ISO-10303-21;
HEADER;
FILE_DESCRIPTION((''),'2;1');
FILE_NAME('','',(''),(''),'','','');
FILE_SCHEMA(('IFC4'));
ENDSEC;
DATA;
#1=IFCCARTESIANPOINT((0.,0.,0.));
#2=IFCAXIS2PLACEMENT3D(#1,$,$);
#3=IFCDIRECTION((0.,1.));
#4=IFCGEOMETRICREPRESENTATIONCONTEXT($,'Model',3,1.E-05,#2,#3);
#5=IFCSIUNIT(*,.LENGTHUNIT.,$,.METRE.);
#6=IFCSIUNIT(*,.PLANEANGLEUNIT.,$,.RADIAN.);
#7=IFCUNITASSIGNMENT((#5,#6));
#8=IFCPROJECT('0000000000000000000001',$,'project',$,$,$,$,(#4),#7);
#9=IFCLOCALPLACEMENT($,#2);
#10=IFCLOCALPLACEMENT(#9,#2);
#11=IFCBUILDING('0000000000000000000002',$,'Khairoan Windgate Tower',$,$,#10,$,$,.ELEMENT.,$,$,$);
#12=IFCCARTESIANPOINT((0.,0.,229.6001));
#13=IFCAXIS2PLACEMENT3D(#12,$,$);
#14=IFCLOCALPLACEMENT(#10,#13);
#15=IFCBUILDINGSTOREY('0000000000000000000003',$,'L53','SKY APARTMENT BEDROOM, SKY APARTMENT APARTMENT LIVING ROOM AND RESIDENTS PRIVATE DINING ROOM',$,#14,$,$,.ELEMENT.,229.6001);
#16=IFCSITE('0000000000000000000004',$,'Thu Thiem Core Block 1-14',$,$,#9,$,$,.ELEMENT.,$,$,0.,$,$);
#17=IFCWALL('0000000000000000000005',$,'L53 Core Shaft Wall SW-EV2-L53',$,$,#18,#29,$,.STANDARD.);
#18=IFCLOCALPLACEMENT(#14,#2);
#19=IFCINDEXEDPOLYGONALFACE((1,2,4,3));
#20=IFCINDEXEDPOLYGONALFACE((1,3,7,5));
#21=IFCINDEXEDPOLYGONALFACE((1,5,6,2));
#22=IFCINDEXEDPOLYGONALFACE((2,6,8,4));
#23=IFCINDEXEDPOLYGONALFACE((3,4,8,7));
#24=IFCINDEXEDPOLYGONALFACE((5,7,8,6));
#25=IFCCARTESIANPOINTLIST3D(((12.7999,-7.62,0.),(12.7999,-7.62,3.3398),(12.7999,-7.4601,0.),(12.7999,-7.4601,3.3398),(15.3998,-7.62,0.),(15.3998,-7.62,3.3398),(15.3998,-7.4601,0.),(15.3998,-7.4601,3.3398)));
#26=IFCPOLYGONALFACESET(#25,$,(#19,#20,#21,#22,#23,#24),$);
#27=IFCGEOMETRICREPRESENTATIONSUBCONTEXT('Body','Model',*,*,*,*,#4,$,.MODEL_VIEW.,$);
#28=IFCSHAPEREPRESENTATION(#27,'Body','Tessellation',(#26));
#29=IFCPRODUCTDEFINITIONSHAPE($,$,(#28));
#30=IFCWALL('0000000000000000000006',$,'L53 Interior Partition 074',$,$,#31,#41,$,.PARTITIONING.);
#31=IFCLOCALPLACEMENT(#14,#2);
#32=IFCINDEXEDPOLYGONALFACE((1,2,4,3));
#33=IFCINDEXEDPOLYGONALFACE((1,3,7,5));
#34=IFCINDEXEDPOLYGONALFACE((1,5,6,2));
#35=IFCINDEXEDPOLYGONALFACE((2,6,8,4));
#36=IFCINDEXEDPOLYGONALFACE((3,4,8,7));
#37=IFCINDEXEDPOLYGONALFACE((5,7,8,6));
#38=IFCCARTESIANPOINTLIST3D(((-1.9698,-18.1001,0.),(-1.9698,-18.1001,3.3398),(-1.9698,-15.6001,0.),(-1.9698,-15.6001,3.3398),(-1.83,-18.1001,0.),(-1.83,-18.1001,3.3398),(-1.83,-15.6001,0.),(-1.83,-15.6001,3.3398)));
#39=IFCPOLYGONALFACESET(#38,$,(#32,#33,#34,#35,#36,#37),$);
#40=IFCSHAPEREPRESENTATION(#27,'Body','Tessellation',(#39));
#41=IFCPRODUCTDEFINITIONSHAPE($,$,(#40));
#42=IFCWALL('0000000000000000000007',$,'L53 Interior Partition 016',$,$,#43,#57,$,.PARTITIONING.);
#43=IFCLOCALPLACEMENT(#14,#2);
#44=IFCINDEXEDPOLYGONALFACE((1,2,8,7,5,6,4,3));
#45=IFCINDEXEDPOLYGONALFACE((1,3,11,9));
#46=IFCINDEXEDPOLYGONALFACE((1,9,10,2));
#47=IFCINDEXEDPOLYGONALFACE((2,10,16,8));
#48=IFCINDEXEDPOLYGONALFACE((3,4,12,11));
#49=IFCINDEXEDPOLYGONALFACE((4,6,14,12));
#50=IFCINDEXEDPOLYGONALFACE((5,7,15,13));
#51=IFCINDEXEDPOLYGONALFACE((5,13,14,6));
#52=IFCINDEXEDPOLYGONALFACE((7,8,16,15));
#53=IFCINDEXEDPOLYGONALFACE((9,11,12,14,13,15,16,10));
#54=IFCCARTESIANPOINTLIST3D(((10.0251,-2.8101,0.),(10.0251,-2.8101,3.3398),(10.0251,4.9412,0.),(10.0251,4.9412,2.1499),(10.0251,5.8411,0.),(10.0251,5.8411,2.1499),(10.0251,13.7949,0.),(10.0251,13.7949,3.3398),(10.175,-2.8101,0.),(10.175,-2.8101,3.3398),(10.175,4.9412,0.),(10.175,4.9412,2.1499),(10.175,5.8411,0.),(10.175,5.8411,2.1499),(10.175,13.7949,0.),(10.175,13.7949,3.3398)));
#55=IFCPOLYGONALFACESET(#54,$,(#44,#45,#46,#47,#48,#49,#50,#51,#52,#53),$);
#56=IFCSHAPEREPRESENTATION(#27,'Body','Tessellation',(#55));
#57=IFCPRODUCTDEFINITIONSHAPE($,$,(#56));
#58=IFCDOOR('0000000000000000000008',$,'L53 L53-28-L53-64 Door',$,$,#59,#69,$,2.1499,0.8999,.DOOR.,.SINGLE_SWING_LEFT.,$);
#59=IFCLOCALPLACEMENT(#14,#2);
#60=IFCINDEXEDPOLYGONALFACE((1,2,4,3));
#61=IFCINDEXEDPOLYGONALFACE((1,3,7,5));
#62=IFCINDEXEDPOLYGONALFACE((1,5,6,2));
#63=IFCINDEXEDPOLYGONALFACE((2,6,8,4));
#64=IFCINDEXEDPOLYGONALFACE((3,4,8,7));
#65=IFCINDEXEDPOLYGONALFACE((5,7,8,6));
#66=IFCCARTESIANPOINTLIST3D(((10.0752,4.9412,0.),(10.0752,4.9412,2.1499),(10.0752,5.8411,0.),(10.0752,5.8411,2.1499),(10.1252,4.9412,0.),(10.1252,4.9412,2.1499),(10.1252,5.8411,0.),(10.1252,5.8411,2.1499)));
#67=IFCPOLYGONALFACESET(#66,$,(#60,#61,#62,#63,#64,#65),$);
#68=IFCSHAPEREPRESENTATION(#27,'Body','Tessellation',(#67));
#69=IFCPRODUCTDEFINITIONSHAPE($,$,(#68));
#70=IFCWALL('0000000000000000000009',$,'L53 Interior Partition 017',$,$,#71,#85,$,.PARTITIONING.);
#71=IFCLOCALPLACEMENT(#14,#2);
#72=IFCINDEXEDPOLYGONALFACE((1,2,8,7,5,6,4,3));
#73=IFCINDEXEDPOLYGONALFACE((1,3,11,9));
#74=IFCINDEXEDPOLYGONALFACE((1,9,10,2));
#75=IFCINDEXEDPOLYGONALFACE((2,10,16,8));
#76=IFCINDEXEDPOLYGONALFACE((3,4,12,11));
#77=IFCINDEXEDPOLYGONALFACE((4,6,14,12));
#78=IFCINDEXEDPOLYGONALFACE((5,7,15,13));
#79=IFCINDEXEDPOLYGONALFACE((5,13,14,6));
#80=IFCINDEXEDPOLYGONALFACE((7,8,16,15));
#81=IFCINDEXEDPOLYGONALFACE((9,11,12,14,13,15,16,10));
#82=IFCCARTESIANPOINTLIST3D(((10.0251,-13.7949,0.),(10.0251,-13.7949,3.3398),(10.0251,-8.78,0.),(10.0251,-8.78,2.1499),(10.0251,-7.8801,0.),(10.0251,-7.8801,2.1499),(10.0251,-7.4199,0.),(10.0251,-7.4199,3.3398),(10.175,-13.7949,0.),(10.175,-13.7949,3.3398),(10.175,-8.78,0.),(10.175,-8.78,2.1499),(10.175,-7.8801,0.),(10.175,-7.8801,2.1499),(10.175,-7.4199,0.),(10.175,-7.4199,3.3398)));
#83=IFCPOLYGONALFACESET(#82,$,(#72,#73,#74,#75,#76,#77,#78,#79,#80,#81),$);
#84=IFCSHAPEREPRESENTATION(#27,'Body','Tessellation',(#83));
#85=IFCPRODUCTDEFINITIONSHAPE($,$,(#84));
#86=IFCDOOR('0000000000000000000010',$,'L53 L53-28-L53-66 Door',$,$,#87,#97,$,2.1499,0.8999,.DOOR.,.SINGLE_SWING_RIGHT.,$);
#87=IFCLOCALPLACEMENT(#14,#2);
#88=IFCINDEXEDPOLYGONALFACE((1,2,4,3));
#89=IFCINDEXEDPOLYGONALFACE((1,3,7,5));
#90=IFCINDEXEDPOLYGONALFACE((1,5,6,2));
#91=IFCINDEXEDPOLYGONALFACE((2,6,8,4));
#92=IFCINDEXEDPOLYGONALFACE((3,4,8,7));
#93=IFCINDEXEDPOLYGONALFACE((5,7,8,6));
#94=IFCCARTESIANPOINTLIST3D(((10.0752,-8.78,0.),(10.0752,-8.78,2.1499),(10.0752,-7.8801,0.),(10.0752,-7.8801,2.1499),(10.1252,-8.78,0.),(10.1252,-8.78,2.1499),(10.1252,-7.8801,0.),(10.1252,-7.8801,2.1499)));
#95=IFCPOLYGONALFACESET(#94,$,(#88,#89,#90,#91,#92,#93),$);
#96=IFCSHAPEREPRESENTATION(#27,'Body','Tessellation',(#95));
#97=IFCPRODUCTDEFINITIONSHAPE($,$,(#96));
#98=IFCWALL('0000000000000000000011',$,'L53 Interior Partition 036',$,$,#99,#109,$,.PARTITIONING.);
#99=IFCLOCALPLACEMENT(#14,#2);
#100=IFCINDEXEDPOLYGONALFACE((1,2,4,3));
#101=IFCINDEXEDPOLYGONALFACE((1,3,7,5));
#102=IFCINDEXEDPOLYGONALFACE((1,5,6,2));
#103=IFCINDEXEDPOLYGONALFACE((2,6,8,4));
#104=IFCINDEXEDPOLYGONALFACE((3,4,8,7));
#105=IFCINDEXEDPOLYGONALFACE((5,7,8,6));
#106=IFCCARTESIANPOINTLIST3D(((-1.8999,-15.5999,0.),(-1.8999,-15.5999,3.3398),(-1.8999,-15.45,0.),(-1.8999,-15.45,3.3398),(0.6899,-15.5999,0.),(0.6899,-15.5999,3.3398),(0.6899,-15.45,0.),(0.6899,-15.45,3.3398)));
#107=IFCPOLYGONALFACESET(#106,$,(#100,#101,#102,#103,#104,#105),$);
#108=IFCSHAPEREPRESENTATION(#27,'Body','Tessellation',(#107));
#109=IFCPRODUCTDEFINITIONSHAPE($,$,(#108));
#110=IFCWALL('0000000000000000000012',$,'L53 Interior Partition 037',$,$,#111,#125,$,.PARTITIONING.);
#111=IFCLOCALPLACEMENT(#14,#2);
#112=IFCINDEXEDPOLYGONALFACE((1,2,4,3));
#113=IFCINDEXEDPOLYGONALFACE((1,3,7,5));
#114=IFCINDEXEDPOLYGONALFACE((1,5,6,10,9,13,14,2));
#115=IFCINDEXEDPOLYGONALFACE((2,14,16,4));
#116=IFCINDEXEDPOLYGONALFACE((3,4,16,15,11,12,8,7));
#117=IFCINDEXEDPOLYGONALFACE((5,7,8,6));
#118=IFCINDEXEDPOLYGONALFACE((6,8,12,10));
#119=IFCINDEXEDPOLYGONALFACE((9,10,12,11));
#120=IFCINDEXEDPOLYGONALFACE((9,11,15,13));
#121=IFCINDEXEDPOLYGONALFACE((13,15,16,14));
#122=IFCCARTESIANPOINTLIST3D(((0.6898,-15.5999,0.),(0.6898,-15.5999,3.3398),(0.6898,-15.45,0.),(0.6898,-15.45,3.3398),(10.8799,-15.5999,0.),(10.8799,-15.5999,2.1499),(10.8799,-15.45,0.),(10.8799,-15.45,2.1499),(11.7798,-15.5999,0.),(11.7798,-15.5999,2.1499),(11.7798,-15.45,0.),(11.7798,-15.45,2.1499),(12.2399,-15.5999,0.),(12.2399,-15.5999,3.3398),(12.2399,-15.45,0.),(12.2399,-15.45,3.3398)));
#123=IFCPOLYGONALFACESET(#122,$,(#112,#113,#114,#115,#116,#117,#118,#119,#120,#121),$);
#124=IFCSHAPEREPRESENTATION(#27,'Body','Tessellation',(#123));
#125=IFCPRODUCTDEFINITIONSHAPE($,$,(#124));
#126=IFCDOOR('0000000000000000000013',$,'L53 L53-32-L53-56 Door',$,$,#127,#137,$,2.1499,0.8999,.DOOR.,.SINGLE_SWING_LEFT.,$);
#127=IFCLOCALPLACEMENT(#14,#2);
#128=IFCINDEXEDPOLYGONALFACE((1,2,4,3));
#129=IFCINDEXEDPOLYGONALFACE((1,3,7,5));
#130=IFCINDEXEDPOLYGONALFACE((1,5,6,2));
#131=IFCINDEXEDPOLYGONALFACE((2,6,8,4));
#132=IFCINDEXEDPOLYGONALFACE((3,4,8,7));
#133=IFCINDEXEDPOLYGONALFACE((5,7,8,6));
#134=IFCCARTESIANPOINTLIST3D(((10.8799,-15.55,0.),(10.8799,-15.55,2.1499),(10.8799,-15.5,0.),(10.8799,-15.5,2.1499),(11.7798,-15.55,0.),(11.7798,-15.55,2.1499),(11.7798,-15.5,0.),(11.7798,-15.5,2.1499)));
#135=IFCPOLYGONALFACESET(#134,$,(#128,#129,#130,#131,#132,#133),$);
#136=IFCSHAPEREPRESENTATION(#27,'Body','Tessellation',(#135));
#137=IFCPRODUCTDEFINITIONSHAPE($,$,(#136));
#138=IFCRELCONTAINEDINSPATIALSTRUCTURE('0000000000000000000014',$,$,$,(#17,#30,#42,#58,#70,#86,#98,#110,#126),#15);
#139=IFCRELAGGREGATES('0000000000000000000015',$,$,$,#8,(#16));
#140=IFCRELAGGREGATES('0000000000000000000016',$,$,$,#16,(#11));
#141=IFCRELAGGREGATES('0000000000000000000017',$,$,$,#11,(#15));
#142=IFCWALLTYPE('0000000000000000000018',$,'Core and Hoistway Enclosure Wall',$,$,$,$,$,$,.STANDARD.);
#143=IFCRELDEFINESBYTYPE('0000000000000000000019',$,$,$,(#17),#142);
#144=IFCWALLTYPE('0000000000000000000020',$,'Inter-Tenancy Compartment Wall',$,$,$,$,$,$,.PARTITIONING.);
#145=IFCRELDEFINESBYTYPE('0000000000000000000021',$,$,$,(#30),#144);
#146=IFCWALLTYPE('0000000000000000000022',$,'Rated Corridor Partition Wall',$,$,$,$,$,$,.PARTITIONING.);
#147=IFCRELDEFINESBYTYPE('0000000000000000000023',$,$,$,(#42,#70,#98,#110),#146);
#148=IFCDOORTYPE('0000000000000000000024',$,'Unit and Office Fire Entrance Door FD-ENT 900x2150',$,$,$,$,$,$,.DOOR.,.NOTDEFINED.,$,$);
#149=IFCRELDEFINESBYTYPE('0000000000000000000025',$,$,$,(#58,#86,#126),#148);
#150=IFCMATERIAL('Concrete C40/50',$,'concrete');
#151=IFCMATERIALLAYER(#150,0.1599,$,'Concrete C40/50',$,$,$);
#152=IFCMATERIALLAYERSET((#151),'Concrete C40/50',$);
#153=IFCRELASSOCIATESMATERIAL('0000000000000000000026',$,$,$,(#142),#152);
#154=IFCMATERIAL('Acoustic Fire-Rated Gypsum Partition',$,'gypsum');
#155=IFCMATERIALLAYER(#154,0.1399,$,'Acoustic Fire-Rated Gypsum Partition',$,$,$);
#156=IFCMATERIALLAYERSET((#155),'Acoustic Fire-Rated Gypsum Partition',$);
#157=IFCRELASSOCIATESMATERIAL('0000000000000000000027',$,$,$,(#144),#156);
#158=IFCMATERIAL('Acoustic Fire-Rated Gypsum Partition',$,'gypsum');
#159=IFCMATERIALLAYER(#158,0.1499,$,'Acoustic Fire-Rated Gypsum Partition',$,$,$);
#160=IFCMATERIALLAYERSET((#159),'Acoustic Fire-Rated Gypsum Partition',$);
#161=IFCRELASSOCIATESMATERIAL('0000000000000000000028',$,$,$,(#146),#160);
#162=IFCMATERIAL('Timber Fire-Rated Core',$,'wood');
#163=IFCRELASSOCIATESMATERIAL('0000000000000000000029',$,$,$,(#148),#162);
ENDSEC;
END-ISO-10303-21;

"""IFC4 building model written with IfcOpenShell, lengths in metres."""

from ifc_helpers import new_model, si_unit, direction, frame, frame_2d, origin, place, context, subcontext, project, spatial, rectangle, extrude, material, layer, layer_set, type_object, element, fill, save


model = new_model("IFC4")

# Units and contexts
model_context = context("Model", 3, precision=1e-05, world=origin(), true_north=direction((0.0, 1.0)))
body_context = subcontext(model_context, "Body", "Model", "MODEL_VIEW")
ifc_project = project(units=[si_unit("LENGTHUNIT", "METRE"), si_unit("PLANEANGLEUNIT", "RADIAN")], contexts=[model_context])

# Site, building, storey
site_placement = place(None, origin())
site = spatial("IfcSite", under=ifc_project, at=site_placement, Name="Thu Thiem Core Block 1-14", CompositionType="ELEMENT", RefElevation=0.0)
building_placement = place(site_placement, origin())
building = spatial("IfcBuilding", under=site, at=building_placement, Name="Khairoan Windgate Tower", CompositionType="ELEMENT")
storey_placement = place(building_placement, frame((0.0, 0.0, 229.6001)))
storey = spatial("IfcBuildingStorey", under=building, at=storey_placement, Name="L53", Description="SKY APARTMENT BEDROOM, SKY APARTMENT APARTMENT LIVING ROOM AND RESIDENTS PRIVATE DINING ROOM", CompositionType="ELEMENT", Elevation=229.6001)

# Walls
ifc_material_1 = material(Name="Concrete C40/50", Category="concrete")
ifc_layer_1 = layer(ifc_material_1, 0.1599, Name="Concrete C40/50")
ifc_layer_set_1 = layer_set([ifc_layer_1], Name="Concrete C40/50")
wall_type_1 = type_object("IfcWallType", Name="Core and Hoistway Enclosure Wall", PredefinedType="STANDARD", material=ifc_layer_set_1)
for number, where, z_axis, x_axis, name in (
    (1, (12.8, -7.54, 0.0), (0.0, 0.0, 1.0), (1.0, 0.0, 0.0), "L53 Core Shaft Wall SW-EV2-L53"),
):
    element("IfcWall", number, at=place(storey_placement, frame(where, z_axis=z_axis, x_axis=x_axis)), inside=storey, type_object=wall_type_1, Name=name, PredefinedType="STANDARD", context=body_context, shape_type="SweptSolid", body=[
        extrude(rectangle(XDim=2.5999, YDim=0.1599, at=frame_2d((1.2998, 0.0))), origin(), (0.0, 0.0, 1.0), 3.3398),
    ])
ifc_material_2 = material(Name="Acoustic Fire-Rated Gypsum Partition", Category="gypsum")
ifc_layer_2 = layer(ifc_material_2, 0.1399, Name="Acoustic Fire-Rated Gypsum Partition")
ifc_layer_set_2 = layer_set([ifc_layer_2], Name="Acoustic Fire-Rated Gypsum Partition")
wall_type_2 = type_object("IfcWallType", Name="Inter-Tenancy Compartment Wall", PredefinedType="PARTITIONING", material=ifc_layer_set_2)
wall_1_placement = place(storey_placement, frame((-1.8999, -18.1001, 0.0), z_axis=(0.0, 0.0, 1.0), x_axis=(0.0, 1.0, 0.0)))
element("IfcWall", 2, at=wall_1_placement, inside=storey, type_object=wall_type_2, Name="L53 Interior Partition 074", PredefinedType="PARTITIONING", context=body_context, shape_type="SweptSolid", body=[
    extrude(rectangle(XDim=2.5, YDim=0.1399, at=frame_2d((1.25, 0.0))), origin(), (0.0, 0.0, 1.0), 3.3398),
])

# Walls, openings, doors
ifc_material_3 = material(Name="Acoustic Fire-Rated Gypsum Partition", Category="gypsum")
ifc_layer_3 = layer(ifc_material_3, 0.1499, Name="Acoustic Fire-Rated Gypsum Partition")
ifc_layer_set_3 = layer_set([ifc_layer_3], Name="Acoustic Fire-Rated Gypsum Partition")
wall_type_3 = type_object("IfcWallType", Name="Rated Corridor Partition Wall", PredefinedType="PARTITIONING", material=ifc_layer_set_3)
wall_2_placement = place(storey_placement, frame((10.1001, -2.8101, 0.0), z_axis=(0.0, 0.0, 1.0), x_axis=(0.0, 1.0, 0.0)))
wall_2 = element("IfcWall", 3, at=wall_2_placement, inside=storey, type_object=wall_type_3, Name="L53 Interior Partition 016", PredefinedType="PARTITIONING", context=body_context, shape_type="SweptSolid", body=[
    extrude(rectangle(XDim=16.605, YDim=0.1499, at=frame_2d((8.3025, 0.0))), origin(), (0.0, 0.0, 1.0), 3.3398),
])
opening_1_placement = place(wall_2_placement, frame((7.7512, 0.0, 0.0)))
opening_1 = element("IfcOpeningElement", 4, at=opening_1_placement, cuts=wall_2, PredefinedType="OPENING", context=body_context, shape_type="SweptSolid", body=[
    extrude(rectangle(XDim=0.8999, YDim=2.1499, at=frame_2d((0.45, 1.075))), frame((0.0, 0.085, 0.0), z_axis=(0.0, -1.0, 0.0), x_axis=(1.0, 0.0, 0.0)), (0.0, 0.0, 1.0), 0.1699),
])
ifc_material_4 = material(Name="Timber Fire-Rated Core", Category="wood")
door_type_1 = type_object("IfcDoorType", Name="Unit and Office Fire Entrance Door FD-ENT 900x2150", OperationType="NOTDEFINED", PredefinedType="DOOR", material=ifc_material_4)
door_1_placement = place(opening_1_placement, origin())
door_1 = element("IfcDoor", 5, at=door_1_placement, inside=storey, type_object=door_type_1, Name="L53 L53-28-L53-64 Door", OperationType="SINGLE_SWING_LEFT", OverallHeight=2.1499, OverallWidth=0.8999, PredefinedType="DOOR", context=body_context, shape_type="SweptSolid", body=[
    extrude(rectangle(XDim=0.8999, YDim=2.1499, at=frame_2d((0.45, 1.075))), frame((0.0, 0.0249, 0.0), z_axis=(0.0, -1.0, 0.0), x_axis=(1.0, 0.0, 0.0)), (0.0, 0.0, 1.0), 0.05),
])
fill(opening_1, door_1)
wall_3_placement = place(storey_placement, frame((10.1001, -13.7949, 0.0), z_axis=(0.0, 0.0, 1.0), x_axis=(0.0, 1.0, 0.0)))
wall_3 = element("IfcWall", 6, at=wall_3_placement, inside=storey, type_object=wall_type_3, Name="L53 Interior Partition 017", PredefinedType="PARTITIONING", context=body_context, shape_type="SweptSolid", body=[
    extrude(rectangle(XDim=6.375, YDim=0.1499, at=frame_2d((3.1875, 0.0))), origin(), (0.0, 0.0, 1.0), 3.3398),
])
opening_2_placement = place(wall_3_placement, frame((5.0149, 0.0, 0.0)))
opening_2 = element("IfcOpeningElement", 7, at=opening_2_placement, cuts=wall_3, PredefinedType="OPENING", context=body_context, shape_type="SweptSolid", body=[
    extrude(rectangle(XDim=0.8999, YDim=2.1499, at=frame_2d((0.45, 1.075))), frame((0.0, 0.085, 0.0), z_axis=(0.0, -1.0, 0.0), x_axis=(1.0, 0.0, 0.0)), (0.0, 0.0, 1.0), 0.1699),
])
door_2_placement = place(opening_2_placement, origin())
door_2 = element("IfcDoor", 8, at=door_2_placement, inside=storey, type_object=door_type_1, Name="L53 L53-28-L53-66 Door", OperationType="SINGLE_SWING_RIGHT", OverallHeight=2.1499, OverallWidth=0.8999, PredefinedType="DOOR", context=body_context, shape_type="SweptSolid", body=[
    extrude(rectangle(XDim=0.8999, YDim=2.1499, at=frame_2d((0.45, 1.075))), frame((0.0, 0.0249, 0.0), z_axis=(0.0, -1.0, 0.0), x_axis=(1.0, 0.0, 0.0)), (0.0, 0.0, 1.0), 0.05),
])
fill(opening_2, door_2)

# Wall
wall_4_placement = place(storey_placement, frame((-1.8999, -15.5249, 0.0), z_axis=(0.0, 0.0, 1.0), x_axis=(1.0, 0.0, 0.0)))
element("IfcWall", 9, at=wall_4_placement, inside=storey, type_object=wall_type_3, Name="L53 Interior Partition 036", PredefinedType="PARTITIONING", context=body_context, shape_type="SweptSolid", body=[
    extrude(rectangle(XDim=2.5898, YDim=0.1499, at=frame_2d((1.2949, 0.0))), origin(), (0.0, 0.0, 1.0), 3.3398),
])

# Wall, opening, door
wall_5_placement = place(storey_placement, frame((0.6899, -15.5249, 0.0), z_axis=(0.0, 0.0, 1.0), x_axis=(1.0, 0.0, 0.0)))
wall_5 = element("IfcWall", 10, at=wall_5_placement, inside=storey, type_object=wall_type_3, Name="L53 Interior Partition 037", PredefinedType="PARTITIONING", context=body_context, shape_type="SweptSolid", body=[
    extrude(rectangle(XDim=11.55, YDim=0.1499, at=frame_2d((5.7749, 0.0))), origin(), (0.0, 0.0, 1.0), 3.3398),
])
opening_3_placement = place(wall_5_placement, frame((10.1899, 0.0, 0.0)))
opening_3 = element("IfcOpeningElement", 11, at=opening_3_placement, cuts=wall_5, PredefinedType="OPENING", context=body_context, shape_type="SweptSolid", body=[
    extrude(rectangle(XDim=0.8999, YDim=2.1499, at=frame_2d((0.45, 1.075))), frame((0.0, 0.085, 0.0), z_axis=(0.0, -1.0, 0.0), x_axis=(1.0, 0.0, 0.0)), (0.0, 0.0, 1.0), 0.1699),
])
door_3_placement = place(opening_3_placement, origin())
door_3 = element("IfcDoor", 12, at=door_3_placement, inside=storey, type_object=door_type_1, Name="L53 L53-32-L53-56 Door", OperationType="SINGLE_SWING_LEFT", OverallHeight=2.1499, OverallWidth=0.8999, PredefinedType="DOOR", context=body_context, shape_type="SweptSolid", body=[
    extrude(rectangle(XDim=0.8999, YDim=2.1499, at=frame_2d((0.45, 1.075))), frame((0.0, 0.0249, 0.0), z_axis=(0.0, -1.0, 0.0), x_axis=(1.0, 0.0, 0.0)), (0.0, 0.0, 1.0), 0.05),
])
fill(opening_3, door_3)

save(model, "model.ifc")
